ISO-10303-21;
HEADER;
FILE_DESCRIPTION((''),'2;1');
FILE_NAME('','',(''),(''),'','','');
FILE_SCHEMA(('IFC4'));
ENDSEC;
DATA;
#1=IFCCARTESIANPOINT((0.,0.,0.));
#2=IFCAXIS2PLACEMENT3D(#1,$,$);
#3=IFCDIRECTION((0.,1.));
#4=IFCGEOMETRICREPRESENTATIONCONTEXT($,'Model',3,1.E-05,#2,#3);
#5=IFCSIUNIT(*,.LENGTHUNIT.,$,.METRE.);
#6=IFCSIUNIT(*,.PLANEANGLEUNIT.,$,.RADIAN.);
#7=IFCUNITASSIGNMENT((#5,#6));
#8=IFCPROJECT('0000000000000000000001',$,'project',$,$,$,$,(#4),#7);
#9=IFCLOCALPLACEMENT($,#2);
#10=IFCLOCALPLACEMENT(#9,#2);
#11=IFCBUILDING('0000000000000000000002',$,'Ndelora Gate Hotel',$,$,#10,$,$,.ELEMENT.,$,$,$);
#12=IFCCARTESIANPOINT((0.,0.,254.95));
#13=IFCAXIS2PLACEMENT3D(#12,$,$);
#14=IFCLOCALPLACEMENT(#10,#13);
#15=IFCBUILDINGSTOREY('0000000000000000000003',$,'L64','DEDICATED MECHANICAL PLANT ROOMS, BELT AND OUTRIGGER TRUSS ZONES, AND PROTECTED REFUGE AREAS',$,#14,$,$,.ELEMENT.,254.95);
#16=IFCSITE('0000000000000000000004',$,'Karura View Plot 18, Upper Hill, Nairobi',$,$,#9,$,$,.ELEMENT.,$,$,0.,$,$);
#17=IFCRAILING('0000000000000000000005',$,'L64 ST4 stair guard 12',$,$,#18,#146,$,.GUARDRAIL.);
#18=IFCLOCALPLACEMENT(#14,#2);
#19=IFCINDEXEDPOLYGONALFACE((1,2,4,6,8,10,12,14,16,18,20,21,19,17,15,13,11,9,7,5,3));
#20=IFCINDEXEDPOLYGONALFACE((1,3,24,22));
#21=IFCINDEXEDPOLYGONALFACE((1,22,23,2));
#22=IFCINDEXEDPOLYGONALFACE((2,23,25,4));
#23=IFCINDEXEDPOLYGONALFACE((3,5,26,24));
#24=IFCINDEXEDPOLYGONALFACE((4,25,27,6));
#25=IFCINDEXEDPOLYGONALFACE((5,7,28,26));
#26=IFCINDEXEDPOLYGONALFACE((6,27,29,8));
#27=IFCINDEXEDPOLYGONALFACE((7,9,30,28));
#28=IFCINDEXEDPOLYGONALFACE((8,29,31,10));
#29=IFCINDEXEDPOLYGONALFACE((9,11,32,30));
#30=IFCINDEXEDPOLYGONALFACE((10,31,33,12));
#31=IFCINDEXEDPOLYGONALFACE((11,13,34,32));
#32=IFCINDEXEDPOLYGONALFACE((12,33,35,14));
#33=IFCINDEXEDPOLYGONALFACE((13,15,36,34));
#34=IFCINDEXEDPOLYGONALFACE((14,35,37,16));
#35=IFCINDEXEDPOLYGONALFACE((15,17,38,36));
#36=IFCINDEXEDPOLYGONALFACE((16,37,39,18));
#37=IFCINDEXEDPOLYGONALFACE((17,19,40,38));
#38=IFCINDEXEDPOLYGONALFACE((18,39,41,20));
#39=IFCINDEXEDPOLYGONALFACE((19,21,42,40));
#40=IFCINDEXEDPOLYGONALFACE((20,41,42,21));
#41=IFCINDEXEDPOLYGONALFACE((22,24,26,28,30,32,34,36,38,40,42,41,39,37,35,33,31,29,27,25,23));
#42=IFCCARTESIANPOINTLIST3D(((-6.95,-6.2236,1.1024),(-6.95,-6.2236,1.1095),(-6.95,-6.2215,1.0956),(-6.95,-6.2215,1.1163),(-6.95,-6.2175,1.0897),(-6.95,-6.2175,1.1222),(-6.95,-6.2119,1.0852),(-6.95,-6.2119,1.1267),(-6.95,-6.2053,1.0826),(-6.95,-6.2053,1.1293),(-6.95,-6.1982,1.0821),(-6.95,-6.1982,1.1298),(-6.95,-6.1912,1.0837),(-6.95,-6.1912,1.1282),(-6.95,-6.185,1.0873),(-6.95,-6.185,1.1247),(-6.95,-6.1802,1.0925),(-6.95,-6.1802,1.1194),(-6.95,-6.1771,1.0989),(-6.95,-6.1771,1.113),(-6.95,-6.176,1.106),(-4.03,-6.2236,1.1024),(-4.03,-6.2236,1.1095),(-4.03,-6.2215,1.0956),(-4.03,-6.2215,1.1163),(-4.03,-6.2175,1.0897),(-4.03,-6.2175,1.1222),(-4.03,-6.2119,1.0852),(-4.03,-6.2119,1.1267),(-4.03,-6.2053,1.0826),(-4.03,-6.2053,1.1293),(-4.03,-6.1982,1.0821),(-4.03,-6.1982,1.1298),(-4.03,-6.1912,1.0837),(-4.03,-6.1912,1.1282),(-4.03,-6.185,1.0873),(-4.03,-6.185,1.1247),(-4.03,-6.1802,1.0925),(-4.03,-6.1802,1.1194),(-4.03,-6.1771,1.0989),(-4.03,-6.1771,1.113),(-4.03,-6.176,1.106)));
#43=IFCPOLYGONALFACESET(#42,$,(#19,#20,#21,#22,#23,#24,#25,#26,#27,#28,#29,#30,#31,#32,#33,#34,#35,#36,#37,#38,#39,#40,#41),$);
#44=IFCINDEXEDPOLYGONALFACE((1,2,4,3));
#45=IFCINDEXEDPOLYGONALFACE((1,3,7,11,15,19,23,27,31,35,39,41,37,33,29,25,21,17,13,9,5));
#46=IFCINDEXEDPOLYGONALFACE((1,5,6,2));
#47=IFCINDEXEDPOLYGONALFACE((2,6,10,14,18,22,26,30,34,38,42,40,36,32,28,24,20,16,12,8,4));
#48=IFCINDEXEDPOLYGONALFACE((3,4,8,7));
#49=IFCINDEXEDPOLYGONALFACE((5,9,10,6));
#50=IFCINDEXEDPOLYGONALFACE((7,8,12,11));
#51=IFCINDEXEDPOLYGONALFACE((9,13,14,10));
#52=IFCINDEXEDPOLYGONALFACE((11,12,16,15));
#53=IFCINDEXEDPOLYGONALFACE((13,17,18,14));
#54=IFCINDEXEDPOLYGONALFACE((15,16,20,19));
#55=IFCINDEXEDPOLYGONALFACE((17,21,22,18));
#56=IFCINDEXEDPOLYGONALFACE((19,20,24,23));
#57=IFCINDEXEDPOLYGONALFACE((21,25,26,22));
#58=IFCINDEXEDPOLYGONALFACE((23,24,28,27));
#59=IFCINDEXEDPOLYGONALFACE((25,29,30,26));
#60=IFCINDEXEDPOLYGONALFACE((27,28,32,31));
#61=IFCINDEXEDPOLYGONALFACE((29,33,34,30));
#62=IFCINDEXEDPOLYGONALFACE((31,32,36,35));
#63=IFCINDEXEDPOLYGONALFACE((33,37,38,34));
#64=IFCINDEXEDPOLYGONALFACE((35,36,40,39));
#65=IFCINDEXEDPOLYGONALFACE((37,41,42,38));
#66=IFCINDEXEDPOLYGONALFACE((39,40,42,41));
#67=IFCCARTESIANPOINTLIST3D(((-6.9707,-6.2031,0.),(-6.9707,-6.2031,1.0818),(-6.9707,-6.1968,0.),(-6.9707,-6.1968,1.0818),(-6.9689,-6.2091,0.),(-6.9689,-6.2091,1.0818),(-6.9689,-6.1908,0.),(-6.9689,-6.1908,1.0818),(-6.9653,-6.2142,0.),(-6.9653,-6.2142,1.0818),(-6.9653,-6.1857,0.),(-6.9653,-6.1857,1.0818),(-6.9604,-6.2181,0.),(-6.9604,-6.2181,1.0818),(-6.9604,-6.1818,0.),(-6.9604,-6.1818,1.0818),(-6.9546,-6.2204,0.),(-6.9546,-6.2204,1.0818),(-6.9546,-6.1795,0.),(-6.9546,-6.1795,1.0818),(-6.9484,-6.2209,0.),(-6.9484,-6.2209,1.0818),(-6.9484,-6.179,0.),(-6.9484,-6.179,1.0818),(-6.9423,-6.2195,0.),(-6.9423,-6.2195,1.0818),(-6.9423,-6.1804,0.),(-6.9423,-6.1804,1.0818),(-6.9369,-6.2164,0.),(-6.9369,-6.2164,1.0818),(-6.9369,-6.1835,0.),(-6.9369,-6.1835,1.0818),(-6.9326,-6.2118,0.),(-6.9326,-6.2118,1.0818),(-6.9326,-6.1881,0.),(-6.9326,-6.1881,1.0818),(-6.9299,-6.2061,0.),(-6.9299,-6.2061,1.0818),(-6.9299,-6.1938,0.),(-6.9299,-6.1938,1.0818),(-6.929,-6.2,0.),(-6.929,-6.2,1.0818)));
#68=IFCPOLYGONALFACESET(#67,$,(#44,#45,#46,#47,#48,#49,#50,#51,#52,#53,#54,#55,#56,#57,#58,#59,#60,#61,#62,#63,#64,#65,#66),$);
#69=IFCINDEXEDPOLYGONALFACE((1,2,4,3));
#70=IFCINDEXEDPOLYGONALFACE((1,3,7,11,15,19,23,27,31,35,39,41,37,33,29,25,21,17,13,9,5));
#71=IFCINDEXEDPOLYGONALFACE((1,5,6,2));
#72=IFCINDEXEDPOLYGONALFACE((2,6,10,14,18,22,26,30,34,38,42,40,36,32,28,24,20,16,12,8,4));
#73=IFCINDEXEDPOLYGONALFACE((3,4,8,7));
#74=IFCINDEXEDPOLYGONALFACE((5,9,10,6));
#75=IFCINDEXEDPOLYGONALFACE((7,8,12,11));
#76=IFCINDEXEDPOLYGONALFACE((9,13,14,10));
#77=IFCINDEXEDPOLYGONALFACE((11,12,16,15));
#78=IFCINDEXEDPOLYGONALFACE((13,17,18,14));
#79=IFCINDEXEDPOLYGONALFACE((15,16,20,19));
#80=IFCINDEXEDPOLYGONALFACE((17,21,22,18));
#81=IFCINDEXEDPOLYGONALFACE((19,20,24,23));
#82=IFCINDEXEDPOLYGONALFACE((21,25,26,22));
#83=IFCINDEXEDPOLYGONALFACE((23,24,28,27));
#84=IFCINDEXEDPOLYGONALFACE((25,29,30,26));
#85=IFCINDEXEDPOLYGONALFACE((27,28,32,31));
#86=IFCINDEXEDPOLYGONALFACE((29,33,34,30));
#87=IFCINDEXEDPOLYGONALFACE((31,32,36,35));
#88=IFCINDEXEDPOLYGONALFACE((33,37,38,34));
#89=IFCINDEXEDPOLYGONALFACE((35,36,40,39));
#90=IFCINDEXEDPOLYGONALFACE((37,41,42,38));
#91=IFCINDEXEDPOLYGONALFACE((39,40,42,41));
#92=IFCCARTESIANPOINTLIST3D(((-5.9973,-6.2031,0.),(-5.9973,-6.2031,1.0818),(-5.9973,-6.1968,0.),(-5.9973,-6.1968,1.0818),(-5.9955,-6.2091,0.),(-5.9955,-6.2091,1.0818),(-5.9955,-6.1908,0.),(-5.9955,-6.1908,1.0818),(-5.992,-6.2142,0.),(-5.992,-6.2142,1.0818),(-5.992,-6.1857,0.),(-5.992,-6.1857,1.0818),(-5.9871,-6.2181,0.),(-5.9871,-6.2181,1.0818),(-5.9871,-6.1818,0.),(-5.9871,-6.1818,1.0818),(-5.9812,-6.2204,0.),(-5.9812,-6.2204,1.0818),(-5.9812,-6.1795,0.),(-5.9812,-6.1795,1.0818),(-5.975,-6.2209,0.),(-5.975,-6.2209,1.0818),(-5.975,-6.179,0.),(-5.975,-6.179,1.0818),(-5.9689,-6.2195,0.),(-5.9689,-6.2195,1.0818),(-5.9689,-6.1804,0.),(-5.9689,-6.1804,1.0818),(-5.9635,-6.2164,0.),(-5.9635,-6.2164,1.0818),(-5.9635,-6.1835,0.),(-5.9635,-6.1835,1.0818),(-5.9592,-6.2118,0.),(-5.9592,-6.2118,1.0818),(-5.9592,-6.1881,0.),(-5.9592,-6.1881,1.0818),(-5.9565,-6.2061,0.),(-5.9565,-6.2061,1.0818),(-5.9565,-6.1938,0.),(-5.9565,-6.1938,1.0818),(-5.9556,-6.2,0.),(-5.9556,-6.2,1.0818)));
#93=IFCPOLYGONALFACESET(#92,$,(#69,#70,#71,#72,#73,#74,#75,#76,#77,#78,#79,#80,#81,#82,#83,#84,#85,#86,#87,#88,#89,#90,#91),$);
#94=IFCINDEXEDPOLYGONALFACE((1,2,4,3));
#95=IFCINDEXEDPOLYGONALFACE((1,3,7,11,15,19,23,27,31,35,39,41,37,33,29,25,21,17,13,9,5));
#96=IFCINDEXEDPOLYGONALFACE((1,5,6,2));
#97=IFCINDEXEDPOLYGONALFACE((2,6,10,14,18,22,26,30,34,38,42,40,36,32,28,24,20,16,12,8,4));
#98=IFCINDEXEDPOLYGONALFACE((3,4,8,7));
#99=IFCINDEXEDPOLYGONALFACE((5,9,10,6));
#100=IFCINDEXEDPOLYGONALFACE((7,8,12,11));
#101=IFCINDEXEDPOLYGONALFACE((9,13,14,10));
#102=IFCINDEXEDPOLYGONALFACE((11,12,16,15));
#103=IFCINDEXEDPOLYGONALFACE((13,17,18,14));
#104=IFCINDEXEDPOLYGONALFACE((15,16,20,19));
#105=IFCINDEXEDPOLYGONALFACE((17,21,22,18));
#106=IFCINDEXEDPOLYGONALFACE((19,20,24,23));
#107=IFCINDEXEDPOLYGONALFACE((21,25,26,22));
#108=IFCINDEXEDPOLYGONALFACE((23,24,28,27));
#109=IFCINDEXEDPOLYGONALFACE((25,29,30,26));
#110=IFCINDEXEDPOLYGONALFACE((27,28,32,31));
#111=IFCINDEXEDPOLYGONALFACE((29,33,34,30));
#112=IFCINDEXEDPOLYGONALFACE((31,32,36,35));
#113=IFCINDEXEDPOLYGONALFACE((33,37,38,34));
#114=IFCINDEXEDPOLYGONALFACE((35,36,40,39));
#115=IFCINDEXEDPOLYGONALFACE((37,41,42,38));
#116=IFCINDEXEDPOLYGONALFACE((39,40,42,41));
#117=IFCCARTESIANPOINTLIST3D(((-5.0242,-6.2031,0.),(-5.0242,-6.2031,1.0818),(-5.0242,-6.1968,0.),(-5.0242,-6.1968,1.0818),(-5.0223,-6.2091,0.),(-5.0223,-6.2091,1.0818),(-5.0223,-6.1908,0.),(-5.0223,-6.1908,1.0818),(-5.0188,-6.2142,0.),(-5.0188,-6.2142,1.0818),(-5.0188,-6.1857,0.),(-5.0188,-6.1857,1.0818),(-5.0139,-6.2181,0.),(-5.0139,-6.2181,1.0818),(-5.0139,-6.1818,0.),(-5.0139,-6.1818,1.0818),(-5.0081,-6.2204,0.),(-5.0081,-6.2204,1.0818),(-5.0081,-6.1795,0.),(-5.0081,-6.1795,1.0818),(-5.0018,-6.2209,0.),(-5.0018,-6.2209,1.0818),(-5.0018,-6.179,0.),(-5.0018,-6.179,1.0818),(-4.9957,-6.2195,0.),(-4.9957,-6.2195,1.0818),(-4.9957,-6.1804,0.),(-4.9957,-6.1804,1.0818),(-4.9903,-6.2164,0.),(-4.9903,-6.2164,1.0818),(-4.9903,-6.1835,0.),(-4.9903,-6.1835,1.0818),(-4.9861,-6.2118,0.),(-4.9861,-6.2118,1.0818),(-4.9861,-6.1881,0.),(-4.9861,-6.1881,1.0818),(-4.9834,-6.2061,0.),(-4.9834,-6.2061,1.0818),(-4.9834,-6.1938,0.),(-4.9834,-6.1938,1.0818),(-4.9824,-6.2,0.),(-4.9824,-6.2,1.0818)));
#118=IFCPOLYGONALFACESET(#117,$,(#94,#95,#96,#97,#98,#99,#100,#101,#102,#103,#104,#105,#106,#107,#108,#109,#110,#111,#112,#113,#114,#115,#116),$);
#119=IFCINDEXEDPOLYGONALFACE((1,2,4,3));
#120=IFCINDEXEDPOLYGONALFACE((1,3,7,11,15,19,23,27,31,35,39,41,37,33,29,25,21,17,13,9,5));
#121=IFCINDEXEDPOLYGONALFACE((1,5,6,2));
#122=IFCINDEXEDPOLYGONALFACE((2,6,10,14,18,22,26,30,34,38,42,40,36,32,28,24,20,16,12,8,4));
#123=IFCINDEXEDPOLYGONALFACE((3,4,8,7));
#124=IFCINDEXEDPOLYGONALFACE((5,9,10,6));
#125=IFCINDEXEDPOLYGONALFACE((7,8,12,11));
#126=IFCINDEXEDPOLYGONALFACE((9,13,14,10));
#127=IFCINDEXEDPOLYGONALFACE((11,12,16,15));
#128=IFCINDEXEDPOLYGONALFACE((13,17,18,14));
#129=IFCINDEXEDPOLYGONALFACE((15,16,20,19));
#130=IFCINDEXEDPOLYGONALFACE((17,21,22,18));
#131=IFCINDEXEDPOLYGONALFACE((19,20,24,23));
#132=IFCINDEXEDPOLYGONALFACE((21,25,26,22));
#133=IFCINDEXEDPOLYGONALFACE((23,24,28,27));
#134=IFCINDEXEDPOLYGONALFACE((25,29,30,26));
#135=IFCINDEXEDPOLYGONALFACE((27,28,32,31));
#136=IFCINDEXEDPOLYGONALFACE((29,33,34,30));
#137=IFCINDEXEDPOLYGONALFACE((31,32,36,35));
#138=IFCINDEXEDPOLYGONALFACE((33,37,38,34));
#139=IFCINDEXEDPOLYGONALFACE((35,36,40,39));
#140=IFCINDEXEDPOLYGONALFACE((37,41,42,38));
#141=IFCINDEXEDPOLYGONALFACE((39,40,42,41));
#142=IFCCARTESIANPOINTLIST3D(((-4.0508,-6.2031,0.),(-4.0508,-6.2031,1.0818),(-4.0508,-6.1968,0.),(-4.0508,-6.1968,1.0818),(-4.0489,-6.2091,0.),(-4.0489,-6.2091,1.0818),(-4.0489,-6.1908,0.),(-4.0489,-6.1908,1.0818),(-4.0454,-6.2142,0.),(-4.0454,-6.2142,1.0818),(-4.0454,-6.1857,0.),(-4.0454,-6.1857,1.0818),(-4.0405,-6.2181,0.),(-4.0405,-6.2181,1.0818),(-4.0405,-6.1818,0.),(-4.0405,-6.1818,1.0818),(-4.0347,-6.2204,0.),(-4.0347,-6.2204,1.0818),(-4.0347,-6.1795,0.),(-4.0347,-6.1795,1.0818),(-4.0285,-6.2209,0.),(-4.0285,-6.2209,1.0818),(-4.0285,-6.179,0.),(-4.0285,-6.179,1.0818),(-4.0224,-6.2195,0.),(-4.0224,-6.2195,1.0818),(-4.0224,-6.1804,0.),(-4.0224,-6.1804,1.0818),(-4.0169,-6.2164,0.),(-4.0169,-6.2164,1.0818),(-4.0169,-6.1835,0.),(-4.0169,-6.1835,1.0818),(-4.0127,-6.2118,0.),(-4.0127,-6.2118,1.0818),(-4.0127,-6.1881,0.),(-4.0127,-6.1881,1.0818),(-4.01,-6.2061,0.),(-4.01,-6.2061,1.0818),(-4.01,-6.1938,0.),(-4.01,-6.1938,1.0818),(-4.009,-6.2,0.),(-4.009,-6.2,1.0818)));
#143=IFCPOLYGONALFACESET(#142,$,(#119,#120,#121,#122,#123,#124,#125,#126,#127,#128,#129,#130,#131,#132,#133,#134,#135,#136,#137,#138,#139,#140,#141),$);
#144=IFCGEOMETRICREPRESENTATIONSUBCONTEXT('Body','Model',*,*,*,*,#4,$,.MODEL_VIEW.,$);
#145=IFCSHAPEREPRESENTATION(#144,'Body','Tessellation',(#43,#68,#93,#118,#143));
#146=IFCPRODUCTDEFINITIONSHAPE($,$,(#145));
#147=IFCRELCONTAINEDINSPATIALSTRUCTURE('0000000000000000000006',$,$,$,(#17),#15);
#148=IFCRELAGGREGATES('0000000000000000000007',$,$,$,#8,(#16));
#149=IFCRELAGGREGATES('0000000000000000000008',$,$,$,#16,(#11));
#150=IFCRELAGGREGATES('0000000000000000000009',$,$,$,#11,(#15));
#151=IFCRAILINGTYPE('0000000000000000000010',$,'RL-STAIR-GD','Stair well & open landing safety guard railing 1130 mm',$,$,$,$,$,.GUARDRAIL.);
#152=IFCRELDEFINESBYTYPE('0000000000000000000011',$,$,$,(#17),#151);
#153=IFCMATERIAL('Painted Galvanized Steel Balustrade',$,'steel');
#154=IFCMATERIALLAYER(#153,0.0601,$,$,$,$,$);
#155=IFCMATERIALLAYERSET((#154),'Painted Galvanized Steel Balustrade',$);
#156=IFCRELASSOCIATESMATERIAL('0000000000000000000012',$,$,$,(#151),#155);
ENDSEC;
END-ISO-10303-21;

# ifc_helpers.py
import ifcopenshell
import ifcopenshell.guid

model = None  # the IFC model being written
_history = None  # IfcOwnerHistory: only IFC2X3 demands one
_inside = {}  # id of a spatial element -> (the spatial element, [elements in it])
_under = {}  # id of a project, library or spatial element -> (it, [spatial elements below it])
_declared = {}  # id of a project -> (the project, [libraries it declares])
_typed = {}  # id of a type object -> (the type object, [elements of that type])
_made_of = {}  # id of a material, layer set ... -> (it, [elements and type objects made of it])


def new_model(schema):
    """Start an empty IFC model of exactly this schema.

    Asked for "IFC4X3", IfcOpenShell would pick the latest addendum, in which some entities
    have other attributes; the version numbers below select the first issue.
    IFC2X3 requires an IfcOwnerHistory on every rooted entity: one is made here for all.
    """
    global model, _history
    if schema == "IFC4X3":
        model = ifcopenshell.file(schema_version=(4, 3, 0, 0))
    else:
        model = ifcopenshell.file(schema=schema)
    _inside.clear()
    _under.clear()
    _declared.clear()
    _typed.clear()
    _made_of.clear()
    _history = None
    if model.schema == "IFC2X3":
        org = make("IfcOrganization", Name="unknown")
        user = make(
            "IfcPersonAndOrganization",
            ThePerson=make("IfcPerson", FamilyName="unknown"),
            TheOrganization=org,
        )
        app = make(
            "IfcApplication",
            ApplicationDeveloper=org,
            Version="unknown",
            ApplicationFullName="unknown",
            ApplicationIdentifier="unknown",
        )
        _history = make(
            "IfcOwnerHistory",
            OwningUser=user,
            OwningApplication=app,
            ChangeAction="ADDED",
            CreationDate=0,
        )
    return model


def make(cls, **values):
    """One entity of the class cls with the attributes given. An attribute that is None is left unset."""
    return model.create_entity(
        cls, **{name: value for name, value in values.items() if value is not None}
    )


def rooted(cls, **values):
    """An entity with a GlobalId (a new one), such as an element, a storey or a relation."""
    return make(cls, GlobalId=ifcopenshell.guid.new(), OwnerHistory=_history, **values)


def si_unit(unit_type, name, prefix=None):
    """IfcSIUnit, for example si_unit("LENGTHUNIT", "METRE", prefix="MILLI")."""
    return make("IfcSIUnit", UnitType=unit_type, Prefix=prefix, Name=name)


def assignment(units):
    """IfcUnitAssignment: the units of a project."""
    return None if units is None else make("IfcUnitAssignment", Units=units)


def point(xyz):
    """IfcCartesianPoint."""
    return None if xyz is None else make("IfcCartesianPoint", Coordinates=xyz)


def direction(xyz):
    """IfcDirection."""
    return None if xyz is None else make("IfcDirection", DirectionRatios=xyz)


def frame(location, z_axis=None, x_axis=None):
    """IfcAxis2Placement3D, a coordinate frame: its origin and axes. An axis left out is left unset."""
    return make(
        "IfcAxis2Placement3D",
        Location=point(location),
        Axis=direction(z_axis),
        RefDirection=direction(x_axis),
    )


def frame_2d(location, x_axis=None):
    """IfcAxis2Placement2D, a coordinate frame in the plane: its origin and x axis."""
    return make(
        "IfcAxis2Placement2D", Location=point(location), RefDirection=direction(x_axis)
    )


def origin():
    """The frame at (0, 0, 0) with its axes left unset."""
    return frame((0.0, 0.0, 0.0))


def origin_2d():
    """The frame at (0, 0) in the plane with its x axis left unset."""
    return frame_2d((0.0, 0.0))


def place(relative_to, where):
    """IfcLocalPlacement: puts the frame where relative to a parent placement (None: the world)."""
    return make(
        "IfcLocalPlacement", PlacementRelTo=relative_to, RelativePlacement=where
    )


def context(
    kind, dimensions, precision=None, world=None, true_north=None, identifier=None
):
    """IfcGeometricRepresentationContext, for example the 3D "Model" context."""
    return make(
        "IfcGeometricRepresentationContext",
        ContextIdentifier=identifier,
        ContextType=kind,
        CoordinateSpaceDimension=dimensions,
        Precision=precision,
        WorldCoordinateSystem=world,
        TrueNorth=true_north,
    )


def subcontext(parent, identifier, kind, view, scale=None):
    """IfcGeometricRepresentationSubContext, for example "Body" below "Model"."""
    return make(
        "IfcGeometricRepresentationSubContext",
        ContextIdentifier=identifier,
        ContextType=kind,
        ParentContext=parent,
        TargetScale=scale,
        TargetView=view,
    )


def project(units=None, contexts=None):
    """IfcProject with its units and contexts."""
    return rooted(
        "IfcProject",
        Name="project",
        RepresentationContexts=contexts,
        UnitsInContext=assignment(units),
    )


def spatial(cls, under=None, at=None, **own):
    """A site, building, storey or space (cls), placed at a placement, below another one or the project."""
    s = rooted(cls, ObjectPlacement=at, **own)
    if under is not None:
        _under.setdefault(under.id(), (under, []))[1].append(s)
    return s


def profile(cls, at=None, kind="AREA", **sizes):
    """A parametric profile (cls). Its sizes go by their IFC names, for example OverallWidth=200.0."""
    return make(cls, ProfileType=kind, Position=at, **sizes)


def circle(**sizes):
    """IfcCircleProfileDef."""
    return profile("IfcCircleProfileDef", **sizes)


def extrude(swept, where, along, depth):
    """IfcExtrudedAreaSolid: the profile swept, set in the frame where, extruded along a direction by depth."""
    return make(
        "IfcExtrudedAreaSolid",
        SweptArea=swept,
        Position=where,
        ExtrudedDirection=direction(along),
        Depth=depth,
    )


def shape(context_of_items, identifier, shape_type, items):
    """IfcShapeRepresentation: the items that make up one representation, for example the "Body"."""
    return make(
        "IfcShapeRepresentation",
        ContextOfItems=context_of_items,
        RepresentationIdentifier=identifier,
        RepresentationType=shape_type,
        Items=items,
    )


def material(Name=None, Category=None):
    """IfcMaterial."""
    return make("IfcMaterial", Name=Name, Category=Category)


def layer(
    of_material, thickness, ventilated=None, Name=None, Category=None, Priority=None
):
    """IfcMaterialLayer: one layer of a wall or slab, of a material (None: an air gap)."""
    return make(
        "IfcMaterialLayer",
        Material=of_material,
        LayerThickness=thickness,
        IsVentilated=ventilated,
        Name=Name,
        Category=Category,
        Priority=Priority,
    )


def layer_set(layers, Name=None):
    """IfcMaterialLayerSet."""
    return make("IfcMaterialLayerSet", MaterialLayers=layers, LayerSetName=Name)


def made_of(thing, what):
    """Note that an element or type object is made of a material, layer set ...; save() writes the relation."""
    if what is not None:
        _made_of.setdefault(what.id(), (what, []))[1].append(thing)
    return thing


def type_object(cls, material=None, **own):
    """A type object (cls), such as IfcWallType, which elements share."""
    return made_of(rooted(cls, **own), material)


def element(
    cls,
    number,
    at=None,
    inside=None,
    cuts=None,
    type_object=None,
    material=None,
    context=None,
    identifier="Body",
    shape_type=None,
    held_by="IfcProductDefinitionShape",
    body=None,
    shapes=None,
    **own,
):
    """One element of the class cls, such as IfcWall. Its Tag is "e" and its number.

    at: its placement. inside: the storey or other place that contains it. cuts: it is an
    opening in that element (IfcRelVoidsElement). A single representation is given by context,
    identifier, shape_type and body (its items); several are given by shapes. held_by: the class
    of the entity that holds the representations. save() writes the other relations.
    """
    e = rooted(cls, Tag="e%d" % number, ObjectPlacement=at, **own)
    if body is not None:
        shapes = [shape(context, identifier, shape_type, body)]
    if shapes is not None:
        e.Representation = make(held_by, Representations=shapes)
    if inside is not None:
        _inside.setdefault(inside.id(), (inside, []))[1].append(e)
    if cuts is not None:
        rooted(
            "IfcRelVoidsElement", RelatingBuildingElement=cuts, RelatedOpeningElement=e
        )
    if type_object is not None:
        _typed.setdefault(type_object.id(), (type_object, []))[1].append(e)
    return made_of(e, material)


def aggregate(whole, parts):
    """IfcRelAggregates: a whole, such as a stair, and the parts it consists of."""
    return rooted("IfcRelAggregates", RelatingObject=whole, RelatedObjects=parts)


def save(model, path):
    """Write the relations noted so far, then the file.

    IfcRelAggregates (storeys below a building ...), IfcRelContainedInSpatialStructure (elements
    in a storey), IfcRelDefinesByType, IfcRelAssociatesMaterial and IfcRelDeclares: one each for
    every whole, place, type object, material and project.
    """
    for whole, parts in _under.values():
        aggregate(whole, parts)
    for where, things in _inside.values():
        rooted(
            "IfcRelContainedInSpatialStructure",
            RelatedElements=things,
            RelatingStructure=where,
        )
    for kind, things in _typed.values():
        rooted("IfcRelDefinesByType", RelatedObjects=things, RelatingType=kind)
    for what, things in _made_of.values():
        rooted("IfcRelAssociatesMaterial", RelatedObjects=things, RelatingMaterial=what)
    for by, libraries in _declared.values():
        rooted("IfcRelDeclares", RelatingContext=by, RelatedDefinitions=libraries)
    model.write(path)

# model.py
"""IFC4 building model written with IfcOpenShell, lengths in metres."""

from ifc_helpers import new_model, si_unit, direction, frame, origin, origin_2d, place, context, subcontext, project, spatial, circle, extrude, material, layer, layer_set, type_object, element, save


model = new_model("IFC4")

# Units and contexts
model_context = context("Model", 3, precision=1e-05, world=origin(), true_north=direction((0.0, 1.0)))
body_context = subcontext(model_context, "Body", "Model", "MODEL_VIEW")
ifc_project = project(units=[si_unit("LENGTHUNIT", "METRE"), si_unit("PLANEANGLEUNIT", "RADIAN")], contexts=[model_context])

# Site, building, storey
site_placement = place(None, origin())
site = spatial("IfcSite", under=ifc_project, at=site_placement, Name="Karura View Plot 18, Upper Hill, Nairobi", CompositionType="ELEMENT", RefElevation=0.0)
building_placement = place(site_placement, origin())
building = spatial("IfcBuilding", under=site, at=building_placement, Name="Ndelora Gate Hotel", CompositionType="ELEMENT")
storey_placement = place(building_placement, frame((0.0, 0.0, 254.95)))
storey = spatial("IfcBuildingStorey", under=building, at=storey_placement, Name="L64", Description="DEDICATED MECHANICAL PLANT ROOMS, BELT AND OUTRIGGER TRUSS ZONES, AND PROTECTED REFUGE AREAS", CompositionType="ELEMENT", Elevation=254.95)

# Railing
ifc_material_1 = material(Name="Painted Galvanized Steel Balustrade", Category="steel")
ifc_layer_1 = layer(ifc_material_1, 0.0601)
ifc_layer_set_1 = layer_set([ifc_layer_1], Name="Painted Galvanized Steel Balustrade")
railing_type = type_object("IfcRailingType", Name="RL-STAIR-GD", Description="Stair well & open landing safety guard railing 1130 mm", PredefinedType="GUARDRAIL", material=ifc_layer_set_1)
railing_placement = place(storey_placement, frame((-6.95, -6.2, 0.0)))
element("IfcRailing", 1, at=railing_placement, inside=storey, type_object=railing_type, Name="L64 ST4 stair guard 12", PredefinedType="GUARDRAIL", context=body_context, shape_type="SweptSolid", body=[
    extrude(circle(Radius=0.0239, at=origin_2d()), frame((0.0, 0.0, 1.106), z_axis=(1.0, 0.0, 0.0), x_axis=(0.0, 1.0, 0.0)), (0.0, 0.0, 1.0), 2.9199),
    extrude(circle(Radius=0.021, at=origin_2d()), origin(), (0.0, 0.0, 1.0), 1.0818),
    extrude(circle(Radius=0.021, at=origin_2d()), frame((0.9734, 0.0, 0.0)), (0.0, 0.0, 1.0), 1.0818),
    extrude(circle(Radius=0.021, at=origin_2d()), frame((1.9465, 0.0, 0.0)), (0.0, 0.0, 1.0), 1.0818),
    extrude(circle(Radius=0.021, at=origin_2d()), frame((2.9199, 0.0, 0.0)), (0.0, 0.0, 1.0), 1.0818),
])

save(model, "model.ifc")
